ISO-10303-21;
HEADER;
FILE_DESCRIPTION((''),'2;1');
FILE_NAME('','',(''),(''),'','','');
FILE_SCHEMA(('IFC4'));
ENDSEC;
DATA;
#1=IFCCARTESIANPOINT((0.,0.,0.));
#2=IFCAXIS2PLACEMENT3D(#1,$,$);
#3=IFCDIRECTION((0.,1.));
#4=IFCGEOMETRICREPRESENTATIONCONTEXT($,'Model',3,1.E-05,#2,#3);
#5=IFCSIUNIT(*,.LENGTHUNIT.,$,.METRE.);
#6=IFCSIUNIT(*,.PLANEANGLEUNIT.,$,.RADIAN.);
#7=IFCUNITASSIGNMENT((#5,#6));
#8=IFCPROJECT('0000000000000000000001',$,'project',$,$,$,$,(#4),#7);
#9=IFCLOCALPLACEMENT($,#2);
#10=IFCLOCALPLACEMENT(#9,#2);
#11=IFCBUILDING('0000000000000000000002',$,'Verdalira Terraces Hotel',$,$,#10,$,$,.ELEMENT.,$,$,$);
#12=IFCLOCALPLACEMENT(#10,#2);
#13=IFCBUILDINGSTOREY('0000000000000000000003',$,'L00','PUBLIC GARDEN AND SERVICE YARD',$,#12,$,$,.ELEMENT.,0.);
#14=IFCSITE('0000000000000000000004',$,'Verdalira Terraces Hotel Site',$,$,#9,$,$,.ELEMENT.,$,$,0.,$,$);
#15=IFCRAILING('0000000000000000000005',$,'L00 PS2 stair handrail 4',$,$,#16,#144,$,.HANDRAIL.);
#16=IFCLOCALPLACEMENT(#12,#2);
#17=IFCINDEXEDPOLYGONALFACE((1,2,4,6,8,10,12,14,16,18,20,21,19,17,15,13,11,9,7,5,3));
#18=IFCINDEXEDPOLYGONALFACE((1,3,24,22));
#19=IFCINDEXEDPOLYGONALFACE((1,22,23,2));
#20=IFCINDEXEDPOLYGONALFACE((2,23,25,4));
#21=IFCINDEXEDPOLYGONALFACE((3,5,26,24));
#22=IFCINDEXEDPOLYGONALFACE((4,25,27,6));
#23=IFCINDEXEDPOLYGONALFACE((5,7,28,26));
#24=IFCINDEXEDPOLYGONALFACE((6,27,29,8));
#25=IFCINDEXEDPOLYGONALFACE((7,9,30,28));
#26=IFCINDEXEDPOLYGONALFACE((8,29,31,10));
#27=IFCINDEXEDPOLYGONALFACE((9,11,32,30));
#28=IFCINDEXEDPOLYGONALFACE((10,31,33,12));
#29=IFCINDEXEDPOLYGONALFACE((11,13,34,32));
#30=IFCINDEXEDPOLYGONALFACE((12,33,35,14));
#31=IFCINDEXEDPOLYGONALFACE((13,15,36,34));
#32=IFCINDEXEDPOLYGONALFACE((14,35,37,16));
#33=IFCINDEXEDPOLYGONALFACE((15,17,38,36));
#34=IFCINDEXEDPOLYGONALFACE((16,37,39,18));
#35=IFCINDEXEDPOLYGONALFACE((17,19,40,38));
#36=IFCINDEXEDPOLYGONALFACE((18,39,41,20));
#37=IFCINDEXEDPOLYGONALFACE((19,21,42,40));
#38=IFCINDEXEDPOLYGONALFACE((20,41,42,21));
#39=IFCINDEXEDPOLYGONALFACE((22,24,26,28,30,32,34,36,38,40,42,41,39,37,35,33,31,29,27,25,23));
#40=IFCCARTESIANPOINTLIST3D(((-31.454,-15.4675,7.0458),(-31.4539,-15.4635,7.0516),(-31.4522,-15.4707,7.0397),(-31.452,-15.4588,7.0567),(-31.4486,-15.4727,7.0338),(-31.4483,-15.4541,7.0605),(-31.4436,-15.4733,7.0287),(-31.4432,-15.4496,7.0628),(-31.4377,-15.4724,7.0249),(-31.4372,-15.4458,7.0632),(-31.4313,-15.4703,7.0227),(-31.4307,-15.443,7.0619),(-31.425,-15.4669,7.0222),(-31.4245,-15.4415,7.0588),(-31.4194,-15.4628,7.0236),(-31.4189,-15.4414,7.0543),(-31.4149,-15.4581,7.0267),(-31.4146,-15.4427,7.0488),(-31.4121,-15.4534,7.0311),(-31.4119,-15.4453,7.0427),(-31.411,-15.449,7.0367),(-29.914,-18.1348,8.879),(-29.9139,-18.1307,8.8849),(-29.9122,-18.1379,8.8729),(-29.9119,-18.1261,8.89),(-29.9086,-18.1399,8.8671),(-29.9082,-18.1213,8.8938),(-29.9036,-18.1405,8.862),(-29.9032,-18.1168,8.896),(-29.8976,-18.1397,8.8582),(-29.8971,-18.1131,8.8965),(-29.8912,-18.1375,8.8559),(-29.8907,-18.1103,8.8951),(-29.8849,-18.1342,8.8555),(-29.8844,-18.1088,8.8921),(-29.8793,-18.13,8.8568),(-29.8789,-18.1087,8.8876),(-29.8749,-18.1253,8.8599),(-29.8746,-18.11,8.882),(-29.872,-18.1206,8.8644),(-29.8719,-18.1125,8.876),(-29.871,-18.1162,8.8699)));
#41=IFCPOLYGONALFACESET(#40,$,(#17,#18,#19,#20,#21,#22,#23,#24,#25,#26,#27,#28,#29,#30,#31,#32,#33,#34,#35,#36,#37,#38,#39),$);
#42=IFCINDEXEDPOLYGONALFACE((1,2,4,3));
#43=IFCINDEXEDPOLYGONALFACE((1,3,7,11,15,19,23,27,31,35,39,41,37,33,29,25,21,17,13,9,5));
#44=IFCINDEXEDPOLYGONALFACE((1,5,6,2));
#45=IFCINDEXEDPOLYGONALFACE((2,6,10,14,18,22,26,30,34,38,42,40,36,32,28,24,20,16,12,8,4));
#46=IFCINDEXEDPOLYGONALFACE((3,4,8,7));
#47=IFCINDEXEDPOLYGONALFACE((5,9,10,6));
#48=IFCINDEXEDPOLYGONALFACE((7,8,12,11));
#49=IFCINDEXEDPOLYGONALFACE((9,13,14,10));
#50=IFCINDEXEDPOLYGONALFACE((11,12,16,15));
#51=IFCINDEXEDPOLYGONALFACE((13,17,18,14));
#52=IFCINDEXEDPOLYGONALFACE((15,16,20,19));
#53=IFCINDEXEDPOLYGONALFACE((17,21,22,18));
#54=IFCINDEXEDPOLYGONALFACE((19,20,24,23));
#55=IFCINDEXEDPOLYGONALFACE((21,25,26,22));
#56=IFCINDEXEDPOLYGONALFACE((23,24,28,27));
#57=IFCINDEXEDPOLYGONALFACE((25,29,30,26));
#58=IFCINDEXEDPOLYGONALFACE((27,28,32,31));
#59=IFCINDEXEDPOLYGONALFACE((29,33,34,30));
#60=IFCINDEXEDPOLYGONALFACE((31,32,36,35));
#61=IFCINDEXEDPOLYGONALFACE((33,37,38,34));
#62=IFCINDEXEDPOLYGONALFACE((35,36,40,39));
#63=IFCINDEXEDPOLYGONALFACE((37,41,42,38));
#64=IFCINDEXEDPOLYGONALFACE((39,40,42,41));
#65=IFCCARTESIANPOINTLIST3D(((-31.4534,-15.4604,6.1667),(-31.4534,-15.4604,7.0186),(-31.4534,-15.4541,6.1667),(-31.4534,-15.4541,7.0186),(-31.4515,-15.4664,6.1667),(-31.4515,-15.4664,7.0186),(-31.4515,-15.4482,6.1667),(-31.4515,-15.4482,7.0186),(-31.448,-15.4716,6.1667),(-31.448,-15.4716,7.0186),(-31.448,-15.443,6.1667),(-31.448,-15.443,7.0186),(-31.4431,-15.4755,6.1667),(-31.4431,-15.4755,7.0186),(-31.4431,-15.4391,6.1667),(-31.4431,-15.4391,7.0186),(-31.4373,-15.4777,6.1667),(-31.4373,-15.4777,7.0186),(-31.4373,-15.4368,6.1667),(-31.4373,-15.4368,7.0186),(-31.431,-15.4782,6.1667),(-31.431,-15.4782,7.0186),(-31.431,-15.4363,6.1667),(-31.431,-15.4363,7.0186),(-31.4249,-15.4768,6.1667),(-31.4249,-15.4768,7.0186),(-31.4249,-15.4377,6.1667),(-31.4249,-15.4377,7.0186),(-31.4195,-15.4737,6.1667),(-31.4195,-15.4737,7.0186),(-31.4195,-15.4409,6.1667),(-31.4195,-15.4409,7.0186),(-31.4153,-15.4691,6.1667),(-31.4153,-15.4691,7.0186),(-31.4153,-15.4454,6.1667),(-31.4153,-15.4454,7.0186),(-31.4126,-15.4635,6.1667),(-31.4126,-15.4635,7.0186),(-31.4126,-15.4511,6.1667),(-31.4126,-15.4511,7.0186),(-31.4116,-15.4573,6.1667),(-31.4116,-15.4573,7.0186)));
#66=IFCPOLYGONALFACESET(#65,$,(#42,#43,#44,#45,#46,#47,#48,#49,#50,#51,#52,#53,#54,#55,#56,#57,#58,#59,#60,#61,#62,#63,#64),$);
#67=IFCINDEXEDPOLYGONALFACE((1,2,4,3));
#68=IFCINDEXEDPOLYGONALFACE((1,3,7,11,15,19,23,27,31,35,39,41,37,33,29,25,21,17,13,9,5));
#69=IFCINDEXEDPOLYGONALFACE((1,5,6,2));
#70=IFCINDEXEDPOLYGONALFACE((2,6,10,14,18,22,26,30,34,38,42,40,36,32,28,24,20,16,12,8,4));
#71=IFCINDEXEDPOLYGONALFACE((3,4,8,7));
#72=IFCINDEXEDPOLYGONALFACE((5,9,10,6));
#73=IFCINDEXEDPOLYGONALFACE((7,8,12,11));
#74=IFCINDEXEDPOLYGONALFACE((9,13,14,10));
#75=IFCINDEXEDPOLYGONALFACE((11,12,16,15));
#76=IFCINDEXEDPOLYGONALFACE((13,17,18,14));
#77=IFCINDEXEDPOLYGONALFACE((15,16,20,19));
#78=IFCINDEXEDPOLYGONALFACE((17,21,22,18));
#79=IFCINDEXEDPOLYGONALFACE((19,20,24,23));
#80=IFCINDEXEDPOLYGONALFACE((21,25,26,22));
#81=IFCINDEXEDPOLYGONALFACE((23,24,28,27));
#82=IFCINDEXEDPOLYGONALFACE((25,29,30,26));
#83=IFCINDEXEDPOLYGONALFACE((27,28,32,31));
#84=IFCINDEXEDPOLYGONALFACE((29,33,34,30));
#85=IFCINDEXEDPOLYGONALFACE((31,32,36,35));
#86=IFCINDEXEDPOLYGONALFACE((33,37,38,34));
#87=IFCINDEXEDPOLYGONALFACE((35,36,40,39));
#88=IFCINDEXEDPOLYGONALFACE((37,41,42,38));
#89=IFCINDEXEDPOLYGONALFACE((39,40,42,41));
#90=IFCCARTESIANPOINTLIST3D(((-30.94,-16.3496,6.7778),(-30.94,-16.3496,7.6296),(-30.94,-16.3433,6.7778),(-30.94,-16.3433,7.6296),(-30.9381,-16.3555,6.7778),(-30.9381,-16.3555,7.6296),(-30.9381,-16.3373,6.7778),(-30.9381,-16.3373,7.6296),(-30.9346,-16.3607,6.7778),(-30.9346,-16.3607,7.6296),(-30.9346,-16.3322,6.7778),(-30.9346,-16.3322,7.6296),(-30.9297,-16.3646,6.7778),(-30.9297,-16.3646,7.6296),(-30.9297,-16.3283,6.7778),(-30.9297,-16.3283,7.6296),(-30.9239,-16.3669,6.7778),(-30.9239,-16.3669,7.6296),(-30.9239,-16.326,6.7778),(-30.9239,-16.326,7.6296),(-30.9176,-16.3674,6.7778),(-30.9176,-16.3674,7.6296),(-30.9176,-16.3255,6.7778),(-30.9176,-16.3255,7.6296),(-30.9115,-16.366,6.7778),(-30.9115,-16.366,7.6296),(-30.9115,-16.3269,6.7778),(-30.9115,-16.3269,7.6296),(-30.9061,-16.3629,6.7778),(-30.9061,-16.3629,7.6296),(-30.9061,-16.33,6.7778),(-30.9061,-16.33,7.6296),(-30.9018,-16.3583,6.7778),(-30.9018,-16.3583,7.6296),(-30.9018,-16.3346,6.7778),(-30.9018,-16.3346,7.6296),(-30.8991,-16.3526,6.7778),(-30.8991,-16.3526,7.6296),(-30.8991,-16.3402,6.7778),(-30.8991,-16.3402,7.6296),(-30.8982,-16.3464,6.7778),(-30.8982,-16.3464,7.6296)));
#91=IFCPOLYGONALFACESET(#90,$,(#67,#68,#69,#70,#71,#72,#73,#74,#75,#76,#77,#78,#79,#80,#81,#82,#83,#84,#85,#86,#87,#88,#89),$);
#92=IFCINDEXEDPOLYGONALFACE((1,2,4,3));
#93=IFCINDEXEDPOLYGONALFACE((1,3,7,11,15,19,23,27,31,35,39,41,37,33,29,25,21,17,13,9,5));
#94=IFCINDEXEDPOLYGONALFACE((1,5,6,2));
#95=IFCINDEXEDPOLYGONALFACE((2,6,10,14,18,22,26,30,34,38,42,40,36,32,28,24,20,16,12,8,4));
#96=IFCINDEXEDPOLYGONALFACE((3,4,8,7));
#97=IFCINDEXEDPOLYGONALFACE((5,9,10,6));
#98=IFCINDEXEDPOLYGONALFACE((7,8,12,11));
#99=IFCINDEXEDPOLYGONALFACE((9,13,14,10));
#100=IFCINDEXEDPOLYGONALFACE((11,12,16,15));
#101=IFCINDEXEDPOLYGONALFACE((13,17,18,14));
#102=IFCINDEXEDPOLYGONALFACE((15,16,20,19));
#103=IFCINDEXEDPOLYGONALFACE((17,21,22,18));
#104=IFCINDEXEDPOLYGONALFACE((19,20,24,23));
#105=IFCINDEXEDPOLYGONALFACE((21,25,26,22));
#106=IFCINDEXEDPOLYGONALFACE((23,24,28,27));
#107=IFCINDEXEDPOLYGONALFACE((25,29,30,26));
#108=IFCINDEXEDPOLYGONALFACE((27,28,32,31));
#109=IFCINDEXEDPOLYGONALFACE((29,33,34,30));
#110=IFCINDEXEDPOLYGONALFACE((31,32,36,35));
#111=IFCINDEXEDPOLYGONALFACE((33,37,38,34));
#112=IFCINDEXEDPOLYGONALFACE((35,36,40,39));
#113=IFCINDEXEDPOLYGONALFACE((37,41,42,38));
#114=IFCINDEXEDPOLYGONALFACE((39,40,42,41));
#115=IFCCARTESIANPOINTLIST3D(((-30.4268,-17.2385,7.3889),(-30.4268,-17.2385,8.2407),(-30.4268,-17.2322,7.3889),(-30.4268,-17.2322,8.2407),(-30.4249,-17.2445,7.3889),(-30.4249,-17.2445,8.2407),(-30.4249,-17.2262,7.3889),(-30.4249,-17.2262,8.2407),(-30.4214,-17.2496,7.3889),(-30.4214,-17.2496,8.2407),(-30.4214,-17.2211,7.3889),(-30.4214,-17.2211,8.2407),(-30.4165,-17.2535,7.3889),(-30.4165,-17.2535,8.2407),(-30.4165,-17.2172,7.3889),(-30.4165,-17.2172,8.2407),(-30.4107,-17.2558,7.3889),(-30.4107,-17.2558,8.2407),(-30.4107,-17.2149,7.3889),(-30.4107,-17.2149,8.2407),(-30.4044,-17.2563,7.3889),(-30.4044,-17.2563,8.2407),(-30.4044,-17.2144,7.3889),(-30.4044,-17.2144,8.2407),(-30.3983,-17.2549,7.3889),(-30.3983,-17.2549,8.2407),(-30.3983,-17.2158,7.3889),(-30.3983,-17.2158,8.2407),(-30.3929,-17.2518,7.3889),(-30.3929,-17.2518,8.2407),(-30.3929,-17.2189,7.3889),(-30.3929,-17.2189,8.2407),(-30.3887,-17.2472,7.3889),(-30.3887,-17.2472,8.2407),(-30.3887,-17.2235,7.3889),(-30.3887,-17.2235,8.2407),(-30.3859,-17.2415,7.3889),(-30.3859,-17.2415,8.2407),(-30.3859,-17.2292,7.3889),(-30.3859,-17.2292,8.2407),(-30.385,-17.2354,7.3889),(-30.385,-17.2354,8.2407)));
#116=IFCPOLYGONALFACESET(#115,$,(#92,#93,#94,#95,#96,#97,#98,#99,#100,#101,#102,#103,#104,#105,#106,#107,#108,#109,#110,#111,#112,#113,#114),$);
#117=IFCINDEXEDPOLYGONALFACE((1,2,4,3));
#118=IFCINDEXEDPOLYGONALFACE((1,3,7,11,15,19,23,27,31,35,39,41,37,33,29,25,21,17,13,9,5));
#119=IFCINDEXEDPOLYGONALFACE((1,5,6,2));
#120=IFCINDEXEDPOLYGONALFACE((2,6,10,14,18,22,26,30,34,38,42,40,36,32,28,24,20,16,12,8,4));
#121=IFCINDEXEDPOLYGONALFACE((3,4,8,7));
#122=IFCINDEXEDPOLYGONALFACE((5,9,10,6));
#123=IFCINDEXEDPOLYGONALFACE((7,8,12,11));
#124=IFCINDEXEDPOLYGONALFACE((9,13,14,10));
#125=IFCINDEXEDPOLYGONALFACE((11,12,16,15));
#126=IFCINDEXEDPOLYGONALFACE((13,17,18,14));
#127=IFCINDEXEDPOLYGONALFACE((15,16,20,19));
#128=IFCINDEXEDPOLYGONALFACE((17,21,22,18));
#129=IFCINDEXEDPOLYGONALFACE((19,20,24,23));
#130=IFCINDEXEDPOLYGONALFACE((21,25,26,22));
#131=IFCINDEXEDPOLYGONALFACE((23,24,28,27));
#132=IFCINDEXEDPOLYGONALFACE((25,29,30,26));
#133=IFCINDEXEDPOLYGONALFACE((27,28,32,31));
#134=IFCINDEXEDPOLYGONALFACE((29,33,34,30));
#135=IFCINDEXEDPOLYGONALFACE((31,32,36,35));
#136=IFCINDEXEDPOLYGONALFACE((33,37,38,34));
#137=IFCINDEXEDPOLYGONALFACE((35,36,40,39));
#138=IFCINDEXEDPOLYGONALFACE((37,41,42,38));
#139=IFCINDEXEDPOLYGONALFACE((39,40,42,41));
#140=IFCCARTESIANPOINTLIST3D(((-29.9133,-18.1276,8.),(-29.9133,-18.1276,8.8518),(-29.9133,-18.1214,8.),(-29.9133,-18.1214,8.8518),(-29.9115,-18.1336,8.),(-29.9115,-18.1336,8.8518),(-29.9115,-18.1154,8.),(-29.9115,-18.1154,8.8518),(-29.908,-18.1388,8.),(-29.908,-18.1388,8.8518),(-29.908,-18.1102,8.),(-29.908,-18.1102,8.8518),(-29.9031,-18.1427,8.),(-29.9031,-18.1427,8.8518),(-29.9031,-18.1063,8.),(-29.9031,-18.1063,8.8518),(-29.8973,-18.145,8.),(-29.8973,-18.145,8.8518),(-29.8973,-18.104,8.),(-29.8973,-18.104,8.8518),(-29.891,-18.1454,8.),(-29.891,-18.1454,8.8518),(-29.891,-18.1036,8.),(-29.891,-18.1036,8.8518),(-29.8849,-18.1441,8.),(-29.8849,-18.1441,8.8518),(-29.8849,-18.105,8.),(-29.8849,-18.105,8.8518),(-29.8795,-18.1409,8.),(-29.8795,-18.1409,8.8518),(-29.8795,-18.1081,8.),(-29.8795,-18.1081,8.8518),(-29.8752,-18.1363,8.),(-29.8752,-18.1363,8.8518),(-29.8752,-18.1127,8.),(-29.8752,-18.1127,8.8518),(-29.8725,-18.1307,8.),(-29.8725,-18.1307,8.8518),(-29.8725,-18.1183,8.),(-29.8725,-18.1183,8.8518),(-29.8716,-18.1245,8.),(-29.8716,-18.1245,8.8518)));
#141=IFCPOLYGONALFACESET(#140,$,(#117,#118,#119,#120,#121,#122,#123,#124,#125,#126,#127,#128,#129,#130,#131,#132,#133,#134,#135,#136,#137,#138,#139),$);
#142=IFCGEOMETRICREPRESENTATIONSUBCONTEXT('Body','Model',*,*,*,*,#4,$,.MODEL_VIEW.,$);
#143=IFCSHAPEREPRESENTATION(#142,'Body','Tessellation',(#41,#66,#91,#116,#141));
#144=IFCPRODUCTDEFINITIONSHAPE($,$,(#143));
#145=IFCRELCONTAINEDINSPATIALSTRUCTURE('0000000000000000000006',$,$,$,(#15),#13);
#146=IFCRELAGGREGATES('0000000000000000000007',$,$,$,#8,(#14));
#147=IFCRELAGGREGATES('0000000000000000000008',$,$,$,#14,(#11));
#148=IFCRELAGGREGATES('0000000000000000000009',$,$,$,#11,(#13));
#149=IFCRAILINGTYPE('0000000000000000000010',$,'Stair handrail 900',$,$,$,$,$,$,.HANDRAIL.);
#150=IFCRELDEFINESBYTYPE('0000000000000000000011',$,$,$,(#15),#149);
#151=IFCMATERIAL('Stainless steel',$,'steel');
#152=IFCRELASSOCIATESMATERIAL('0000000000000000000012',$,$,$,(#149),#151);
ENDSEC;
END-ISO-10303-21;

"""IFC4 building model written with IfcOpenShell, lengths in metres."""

from ifc_helpers import new_model, si_unit, direction, frame, origin, origin_2d, place, context, subcontext, project, spatial, circle, extrude, material, type_object, element, save


model = new_model("IFC4")

# Units and contexts
model_context = context("Model", 3, precision=1e-05, world=origin(), true_north=direction((0.0, 1.0)))
body_context = subcontext(model_context, "Body", "Model", "MODEL_VIEW")
ifc_project = project(units=[si_unit("LENGTHUNIT", "METRE"), si_unit("PLANEANGLEUNIT", "RADIAN")], contexts=[model_context])

# Site, building, storey
site_placement = place(None, origin())
site = spatial("IfcSite", under=ifc_project, at=site_placement, Name="Verdalira Terraces Hotel Site", CompositionType="ELEMENT", RefElevation=0.0)
building_placement = place(site_placement, origin())
building = spatial("IfcBuilding", under=site, at=building_placement, Name="Verdalira Terraces Hotel", CompositionType="ELEMENT")
storey_placement = place(building_placement, origin())
storey = spatial("IfcBuildingStorey", under=building, at=storey_placement, Name="L00", Description="PUBLIC GARDEN AND SERVICE YARD", CompositionType="ELEMENT", Elevation=0.0)

# Railing
ifc_material_1 = material(Name="Stainless steel", Category="steel")
railing_type = type_object("IfcRailingType", Name="Stair handrail 900", PredefinedType="HANDRAIL", material=ifc_material_1)
for number, where, name in (
    (1, (-31.4326, -15.4573, 6.1667), "L00 PS2 stair handrail 4"),
):
    element("IfcRailing", number, at=place(storey_placement, frame(where)), inside=storey, type_object=railing_type, Name=name, PredefinedType="HANDRAIL", context=body_context, shape_type="SweptSolid", body=[
        extrude(circle(Radius=0.0239, at=origin_2d()), frame((0.0, 0.0, 0.876), z_axis=(0.429671, -0.744159, 0.511478), x_axis=(0.86601, 0.500027, 0.0)), (0.0, 0.0, 1.0), 3.5842),
        extrude(circle(Radius=0.021, at=origin_2d()), origin(), (0.0, 0.0, 1.0), 0.8518),
        extrude(circle(Radius=0.021, at=origin_2d()), frame((0.5134, -0.8892, 0.6111)), (0.0, 0.0, 1.0), 0.8518),
        extrude(circle(Radius=0.021, at=origin_2d()), frame((1.0266, -1.7781, 1.2222)), (0.0, 0.0, 1.0), 0.8518),
        extrude(circle(Radius=0.021, at=origin_2d()), frame((1.54, -2.6672, 1.8333)), (0.0, 0.0, 1.0), 0.8518),
    ])

save(model, "model.ifc")
